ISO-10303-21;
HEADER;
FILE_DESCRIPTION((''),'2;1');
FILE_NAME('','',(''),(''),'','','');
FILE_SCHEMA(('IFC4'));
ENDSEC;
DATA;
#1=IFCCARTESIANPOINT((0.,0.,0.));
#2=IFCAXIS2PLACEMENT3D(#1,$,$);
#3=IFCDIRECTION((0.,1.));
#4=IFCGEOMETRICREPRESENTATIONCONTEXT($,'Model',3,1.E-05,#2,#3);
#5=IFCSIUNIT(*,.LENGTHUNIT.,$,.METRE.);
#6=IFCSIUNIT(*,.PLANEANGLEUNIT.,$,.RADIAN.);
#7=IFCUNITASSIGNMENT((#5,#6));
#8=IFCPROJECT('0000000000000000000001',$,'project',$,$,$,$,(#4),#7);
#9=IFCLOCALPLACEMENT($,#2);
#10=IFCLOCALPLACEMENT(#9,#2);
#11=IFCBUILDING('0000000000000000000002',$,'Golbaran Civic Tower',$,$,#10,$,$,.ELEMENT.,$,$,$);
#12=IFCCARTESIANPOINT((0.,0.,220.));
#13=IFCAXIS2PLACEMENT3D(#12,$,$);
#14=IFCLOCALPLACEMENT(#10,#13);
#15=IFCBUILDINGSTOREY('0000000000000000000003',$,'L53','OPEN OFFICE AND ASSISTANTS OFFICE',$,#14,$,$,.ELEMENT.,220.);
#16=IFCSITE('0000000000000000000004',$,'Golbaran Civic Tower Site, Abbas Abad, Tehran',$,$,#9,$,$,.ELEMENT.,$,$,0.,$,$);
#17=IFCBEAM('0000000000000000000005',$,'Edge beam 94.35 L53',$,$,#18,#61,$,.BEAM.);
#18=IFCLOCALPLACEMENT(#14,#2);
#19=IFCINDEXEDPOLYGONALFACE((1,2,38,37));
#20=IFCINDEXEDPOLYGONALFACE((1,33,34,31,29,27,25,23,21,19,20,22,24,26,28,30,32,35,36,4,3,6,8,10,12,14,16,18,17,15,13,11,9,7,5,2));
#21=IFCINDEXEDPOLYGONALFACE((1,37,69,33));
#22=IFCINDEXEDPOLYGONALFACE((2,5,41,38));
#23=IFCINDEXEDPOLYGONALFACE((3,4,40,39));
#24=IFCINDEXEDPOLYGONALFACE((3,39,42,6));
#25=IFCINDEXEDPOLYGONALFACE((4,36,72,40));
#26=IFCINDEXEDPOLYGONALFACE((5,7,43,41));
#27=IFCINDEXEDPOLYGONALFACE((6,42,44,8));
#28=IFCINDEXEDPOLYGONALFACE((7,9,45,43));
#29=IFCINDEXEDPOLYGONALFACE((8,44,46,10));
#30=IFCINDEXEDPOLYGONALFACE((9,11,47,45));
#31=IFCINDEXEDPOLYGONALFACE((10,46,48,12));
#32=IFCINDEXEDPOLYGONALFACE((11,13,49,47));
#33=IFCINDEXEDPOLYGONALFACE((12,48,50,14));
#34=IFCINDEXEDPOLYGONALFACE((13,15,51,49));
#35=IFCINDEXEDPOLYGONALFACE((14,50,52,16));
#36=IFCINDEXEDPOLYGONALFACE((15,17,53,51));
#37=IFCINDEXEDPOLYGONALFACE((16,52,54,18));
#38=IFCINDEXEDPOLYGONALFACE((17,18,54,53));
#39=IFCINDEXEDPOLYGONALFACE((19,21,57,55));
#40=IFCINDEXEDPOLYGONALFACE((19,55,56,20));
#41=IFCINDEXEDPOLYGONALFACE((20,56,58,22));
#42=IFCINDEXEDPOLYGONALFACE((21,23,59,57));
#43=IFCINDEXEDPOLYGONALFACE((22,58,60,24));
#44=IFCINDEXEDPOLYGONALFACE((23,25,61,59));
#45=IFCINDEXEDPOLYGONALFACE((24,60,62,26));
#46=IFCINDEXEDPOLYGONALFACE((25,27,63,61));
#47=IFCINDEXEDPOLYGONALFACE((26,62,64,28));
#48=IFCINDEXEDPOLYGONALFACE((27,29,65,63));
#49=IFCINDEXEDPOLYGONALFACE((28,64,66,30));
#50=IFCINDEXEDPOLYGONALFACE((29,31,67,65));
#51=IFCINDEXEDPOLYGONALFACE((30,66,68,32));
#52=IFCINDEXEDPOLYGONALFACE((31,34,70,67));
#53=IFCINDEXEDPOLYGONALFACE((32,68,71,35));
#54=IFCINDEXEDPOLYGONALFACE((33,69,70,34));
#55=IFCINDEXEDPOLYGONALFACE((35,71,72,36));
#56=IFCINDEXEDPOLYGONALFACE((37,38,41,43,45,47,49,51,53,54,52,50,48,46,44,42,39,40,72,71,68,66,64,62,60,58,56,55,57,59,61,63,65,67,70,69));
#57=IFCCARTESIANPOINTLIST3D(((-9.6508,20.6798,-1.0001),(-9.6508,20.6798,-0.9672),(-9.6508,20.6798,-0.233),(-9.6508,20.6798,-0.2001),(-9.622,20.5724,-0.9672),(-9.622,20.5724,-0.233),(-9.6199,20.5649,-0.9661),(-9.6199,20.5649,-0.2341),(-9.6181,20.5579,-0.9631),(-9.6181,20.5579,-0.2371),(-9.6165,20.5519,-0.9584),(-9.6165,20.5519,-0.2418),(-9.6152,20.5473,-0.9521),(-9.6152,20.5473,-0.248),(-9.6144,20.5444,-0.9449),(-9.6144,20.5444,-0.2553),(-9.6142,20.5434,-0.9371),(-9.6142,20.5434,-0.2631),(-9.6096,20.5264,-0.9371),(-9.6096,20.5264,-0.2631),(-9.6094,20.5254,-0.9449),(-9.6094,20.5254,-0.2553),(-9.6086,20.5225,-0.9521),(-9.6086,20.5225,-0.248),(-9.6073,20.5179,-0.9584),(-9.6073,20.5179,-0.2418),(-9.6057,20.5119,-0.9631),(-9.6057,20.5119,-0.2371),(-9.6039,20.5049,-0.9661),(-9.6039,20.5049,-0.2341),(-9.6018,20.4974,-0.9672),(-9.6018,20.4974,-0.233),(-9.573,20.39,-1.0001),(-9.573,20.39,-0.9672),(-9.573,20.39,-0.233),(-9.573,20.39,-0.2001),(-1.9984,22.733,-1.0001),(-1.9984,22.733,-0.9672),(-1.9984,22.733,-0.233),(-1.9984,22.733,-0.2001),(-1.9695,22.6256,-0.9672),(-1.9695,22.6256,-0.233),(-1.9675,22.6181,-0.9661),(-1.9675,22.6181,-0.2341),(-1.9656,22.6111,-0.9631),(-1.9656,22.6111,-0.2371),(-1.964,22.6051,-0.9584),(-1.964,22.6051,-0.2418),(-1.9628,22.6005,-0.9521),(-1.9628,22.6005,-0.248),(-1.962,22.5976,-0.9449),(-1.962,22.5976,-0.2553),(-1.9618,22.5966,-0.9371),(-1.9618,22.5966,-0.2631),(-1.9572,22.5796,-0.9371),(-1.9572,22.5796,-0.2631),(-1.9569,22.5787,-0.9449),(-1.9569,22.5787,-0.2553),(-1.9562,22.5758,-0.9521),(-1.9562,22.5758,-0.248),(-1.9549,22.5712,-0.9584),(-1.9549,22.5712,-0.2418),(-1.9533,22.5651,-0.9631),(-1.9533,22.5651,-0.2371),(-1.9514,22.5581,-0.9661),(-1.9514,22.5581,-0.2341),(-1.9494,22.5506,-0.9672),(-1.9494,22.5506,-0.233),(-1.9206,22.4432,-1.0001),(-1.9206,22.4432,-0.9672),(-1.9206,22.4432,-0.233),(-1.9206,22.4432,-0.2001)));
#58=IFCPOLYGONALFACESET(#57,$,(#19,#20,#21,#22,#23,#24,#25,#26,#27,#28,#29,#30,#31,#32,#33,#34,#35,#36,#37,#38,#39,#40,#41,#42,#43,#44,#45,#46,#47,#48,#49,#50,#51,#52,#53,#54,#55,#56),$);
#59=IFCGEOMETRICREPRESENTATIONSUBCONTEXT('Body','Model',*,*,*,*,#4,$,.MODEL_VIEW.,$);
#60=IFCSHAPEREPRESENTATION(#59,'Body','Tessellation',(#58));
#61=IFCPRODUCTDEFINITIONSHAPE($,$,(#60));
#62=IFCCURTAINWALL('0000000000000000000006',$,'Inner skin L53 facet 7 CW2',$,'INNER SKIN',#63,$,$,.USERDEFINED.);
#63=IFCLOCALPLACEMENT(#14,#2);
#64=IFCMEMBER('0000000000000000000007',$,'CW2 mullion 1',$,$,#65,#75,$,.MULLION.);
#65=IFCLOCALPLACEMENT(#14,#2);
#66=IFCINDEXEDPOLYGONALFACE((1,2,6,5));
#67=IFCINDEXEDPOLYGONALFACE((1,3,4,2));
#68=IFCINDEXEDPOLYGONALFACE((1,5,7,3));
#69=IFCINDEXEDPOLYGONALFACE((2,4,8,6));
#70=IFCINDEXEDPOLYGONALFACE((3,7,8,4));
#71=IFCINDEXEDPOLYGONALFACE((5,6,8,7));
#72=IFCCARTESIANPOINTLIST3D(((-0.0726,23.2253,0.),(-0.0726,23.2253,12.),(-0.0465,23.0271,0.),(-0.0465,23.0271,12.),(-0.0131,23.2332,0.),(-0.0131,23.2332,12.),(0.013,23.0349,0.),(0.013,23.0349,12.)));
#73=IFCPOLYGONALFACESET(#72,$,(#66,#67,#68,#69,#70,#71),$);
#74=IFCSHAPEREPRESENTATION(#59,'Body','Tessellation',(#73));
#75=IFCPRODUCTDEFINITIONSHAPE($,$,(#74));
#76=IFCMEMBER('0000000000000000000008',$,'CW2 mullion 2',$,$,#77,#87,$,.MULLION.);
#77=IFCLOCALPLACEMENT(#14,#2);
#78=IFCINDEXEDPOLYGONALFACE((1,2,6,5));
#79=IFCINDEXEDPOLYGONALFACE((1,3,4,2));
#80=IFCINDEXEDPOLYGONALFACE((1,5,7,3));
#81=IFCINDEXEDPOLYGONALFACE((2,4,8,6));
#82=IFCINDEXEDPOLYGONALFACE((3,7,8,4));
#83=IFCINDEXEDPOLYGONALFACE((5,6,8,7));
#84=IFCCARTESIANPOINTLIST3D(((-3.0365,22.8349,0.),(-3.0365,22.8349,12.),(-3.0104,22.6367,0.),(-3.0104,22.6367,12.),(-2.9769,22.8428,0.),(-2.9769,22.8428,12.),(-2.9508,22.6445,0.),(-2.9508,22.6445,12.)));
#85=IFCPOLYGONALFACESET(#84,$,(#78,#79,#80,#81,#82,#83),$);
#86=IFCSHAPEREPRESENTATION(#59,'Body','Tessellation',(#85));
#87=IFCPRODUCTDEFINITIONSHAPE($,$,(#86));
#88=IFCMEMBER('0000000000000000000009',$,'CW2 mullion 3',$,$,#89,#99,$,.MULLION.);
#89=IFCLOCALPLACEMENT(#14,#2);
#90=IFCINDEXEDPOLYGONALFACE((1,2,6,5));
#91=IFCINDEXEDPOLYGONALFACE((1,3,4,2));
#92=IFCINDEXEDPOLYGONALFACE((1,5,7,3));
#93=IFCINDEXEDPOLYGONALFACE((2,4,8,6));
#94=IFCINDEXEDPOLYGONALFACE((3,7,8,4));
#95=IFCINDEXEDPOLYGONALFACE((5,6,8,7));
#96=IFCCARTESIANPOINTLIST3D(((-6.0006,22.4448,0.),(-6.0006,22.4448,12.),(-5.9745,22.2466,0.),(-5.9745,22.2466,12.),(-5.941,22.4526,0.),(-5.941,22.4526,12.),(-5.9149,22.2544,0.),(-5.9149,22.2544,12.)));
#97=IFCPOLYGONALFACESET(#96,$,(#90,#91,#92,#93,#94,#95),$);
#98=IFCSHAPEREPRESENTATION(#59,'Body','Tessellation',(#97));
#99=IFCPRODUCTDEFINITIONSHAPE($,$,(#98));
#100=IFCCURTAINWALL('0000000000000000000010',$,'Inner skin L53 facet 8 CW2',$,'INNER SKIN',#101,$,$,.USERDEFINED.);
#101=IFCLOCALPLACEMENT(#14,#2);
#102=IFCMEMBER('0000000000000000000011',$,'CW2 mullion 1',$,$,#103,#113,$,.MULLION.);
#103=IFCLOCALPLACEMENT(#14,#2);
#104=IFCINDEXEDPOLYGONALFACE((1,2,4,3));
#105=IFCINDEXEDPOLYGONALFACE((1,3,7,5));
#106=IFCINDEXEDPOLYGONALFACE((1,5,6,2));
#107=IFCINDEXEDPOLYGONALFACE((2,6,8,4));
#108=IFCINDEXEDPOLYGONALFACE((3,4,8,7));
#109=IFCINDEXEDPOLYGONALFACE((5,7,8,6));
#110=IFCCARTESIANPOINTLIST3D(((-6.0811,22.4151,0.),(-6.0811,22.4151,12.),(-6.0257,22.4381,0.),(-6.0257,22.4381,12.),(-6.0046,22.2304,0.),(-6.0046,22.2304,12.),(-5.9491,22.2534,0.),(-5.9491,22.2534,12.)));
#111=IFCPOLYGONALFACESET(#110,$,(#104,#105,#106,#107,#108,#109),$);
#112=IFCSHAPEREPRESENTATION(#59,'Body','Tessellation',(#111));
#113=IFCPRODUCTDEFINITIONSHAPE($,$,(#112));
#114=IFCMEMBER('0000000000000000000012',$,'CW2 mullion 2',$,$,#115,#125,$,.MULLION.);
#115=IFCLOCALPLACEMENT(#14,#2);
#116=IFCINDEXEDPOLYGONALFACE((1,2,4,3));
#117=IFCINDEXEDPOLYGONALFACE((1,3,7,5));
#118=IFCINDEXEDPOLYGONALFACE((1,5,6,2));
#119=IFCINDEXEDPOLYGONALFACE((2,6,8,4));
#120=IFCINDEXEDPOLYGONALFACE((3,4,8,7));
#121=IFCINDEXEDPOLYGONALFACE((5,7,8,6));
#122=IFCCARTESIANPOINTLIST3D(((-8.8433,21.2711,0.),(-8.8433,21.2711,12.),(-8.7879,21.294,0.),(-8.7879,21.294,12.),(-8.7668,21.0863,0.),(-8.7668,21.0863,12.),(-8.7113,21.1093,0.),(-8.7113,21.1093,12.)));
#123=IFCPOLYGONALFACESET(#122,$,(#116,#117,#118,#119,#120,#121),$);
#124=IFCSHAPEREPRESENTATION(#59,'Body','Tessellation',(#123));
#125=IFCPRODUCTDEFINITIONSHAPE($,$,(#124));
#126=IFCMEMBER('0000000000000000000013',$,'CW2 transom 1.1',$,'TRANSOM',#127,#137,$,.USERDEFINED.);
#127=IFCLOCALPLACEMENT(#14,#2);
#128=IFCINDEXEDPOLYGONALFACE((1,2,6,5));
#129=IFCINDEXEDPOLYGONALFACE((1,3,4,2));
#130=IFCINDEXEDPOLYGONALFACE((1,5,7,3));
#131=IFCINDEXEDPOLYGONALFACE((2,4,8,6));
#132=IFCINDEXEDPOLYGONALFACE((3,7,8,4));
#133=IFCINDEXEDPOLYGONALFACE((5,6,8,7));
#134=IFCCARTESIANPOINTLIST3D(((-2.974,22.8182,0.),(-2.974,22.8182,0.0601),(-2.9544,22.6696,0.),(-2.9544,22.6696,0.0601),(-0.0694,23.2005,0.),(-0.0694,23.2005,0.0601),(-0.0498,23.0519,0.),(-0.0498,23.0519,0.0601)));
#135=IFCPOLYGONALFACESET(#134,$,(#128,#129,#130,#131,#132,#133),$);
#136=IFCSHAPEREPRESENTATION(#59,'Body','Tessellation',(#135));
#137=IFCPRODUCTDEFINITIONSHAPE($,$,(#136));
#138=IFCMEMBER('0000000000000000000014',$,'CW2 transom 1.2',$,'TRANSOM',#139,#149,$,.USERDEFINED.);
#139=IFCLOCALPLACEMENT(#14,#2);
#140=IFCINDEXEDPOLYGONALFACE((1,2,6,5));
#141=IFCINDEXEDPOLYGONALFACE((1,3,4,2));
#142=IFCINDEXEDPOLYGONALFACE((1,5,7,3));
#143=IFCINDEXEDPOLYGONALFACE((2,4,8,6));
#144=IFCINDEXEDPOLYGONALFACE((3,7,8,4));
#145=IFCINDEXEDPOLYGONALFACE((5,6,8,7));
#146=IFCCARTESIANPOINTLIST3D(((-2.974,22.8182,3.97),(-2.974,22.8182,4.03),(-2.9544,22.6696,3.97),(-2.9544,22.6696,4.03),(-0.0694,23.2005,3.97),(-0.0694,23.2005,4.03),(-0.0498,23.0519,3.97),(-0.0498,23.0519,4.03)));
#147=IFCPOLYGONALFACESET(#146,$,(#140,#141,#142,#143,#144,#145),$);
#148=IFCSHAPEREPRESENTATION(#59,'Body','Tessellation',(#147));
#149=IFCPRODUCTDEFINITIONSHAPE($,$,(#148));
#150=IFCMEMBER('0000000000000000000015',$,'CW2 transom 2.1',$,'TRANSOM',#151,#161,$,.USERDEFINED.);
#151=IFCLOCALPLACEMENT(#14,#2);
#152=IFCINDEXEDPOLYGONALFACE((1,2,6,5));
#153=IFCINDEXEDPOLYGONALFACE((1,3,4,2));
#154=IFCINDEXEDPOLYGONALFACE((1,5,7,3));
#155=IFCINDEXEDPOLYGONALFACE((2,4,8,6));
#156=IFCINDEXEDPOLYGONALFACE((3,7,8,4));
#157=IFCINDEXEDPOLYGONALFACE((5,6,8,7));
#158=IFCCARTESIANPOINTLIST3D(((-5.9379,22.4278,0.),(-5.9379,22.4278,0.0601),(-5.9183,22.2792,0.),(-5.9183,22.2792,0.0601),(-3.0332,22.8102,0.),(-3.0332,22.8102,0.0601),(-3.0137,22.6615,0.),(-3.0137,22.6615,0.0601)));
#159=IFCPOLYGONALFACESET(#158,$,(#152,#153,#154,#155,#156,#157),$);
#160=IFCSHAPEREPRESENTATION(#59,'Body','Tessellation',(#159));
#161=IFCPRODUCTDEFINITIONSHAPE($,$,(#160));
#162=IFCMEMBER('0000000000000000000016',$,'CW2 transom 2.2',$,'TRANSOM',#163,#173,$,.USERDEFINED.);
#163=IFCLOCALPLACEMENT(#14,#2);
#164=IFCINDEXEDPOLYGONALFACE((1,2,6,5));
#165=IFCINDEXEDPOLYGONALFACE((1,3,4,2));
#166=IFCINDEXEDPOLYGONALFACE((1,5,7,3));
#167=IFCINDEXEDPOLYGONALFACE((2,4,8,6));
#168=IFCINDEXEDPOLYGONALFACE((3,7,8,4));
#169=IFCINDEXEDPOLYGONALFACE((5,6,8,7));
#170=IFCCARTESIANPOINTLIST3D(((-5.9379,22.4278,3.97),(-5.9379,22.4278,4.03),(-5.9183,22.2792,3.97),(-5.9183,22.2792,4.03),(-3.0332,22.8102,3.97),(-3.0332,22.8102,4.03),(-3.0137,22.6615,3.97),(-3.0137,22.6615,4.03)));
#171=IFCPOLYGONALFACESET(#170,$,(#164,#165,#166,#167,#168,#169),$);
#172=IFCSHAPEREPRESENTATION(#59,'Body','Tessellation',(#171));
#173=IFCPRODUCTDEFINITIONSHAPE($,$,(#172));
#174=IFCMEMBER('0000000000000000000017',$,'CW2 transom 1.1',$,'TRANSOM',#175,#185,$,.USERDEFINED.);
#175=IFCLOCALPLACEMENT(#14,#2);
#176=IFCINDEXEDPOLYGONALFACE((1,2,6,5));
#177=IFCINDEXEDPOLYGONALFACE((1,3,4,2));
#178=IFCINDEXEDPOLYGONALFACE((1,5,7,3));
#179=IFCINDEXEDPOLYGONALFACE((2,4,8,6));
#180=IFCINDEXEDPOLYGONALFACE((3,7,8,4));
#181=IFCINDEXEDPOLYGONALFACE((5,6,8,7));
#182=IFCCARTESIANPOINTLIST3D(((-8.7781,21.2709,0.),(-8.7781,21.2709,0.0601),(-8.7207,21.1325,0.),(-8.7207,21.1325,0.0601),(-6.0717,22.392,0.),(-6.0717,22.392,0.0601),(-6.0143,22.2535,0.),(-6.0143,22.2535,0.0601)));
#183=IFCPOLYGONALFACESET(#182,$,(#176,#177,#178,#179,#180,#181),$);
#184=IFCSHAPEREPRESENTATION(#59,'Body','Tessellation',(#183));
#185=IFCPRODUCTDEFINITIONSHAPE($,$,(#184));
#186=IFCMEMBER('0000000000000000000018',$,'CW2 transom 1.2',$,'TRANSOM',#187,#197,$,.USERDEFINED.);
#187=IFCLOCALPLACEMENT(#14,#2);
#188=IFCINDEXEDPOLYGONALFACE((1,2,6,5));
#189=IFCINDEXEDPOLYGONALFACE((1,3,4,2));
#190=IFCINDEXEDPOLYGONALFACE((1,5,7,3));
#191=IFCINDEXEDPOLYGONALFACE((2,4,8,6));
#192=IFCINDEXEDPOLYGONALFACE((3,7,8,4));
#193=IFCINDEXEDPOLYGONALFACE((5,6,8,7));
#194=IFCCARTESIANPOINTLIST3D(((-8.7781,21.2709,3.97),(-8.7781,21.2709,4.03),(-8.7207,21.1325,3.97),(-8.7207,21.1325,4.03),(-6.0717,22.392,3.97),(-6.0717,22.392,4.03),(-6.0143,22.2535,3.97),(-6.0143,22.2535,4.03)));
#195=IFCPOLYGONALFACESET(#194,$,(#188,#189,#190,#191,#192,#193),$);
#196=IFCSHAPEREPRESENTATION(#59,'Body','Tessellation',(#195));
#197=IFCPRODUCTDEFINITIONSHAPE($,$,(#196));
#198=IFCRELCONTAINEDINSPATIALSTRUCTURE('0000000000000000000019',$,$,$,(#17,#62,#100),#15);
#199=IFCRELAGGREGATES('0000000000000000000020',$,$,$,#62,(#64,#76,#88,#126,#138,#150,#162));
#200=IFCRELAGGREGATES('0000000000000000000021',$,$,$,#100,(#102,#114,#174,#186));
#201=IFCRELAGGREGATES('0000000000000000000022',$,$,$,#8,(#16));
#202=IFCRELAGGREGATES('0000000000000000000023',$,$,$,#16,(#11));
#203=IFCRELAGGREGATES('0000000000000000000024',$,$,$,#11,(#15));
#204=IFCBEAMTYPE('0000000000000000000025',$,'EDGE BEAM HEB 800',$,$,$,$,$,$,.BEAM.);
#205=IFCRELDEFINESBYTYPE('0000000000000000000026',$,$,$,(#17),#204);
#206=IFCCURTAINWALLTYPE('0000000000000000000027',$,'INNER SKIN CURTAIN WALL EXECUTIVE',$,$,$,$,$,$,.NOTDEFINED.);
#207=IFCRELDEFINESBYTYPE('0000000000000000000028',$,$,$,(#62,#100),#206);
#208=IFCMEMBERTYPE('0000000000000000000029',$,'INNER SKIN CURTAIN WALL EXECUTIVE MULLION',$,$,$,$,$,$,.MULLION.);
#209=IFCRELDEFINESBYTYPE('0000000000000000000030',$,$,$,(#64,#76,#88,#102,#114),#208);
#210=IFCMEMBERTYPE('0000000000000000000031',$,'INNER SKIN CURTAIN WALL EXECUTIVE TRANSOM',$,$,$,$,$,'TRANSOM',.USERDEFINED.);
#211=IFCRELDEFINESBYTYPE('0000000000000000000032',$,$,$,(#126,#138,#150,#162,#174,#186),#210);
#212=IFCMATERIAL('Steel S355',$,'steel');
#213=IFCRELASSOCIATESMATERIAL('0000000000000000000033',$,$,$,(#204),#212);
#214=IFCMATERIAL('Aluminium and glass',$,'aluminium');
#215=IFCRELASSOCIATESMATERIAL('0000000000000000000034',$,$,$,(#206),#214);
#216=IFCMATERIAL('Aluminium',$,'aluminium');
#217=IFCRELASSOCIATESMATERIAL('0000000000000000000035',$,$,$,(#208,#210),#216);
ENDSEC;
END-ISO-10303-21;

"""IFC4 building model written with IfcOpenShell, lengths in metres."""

from ifc_helpers import new_model, si_unit, direction, frame, origin, origin_2d, place, context, subcontext, project, spatial, rectangle, i_section, extrude, material, material_profile, profile_set, type_object, element, aggregate, save


model = new_model("IFC4")

# Units and contexts
model_context = context("Model", 3, precision=1e-05, world=origin(), true_north=direction((0.0, 1.0)))
body_context = subcontext(model_context, "Body", "Model", "MODEL_VIEW")
ifc_project = project(units=[si_unit("LENGTHUNIT", "METRE"), si_unit("PLANEANGLEUNIT", "RADIAN")], contexts=[model_context])

# Site, building, storey
site_placement = place(None, origin())
site = spatial("IfcSite", under=ifc_project, at=site_placement, Name="Golbaran Civic Tower Site, Abbas Abad, Tehran", CompositionType="ELEMENT", RefElevation=0.0)
building_placement = place(site_placement, origin())
building = spatial("IfcBuilding", under=site, at=building_placement, Name="Golbaran Civic Tower", CompositionType="ELEMENT")
storey_placement = place(building_placement, frame((0.0, 0.0, 220.0)))
storey = spatial("IfcBuildingStorey", under=building, at=storey_placement, Name="L53", Description="OPEN OFFICE AND ASSISTANTS OFFICE", CompositionType="ELEMENT", Elevation=220.0)

# Beam
ifc_material_1 = material(Name="Steel S355", Category="steel")
ifc_material_profile_1 = material_profile(ifc_material_1, i_section(OverallWidth=0.3, OverallDepth=0.8, WebThickness=0.0176, FlangeThickness=0.033, FilletRadius=0.03, at=origin_2d()), Name="HEB 800")
ifc_profile_set_1 = profile_set([ifc_material_profile_1], Name="Steel S355")
beam_type = type_object("IfcBeamType", Name="EDGE BEAM HEB 800", PredefinedType="BEAM", material=ifc_profile_set_1)
beam_placement = place(storey_placement, frame((-1.9595, 22.5881, -0.6001), z_axis=(-0.965838, -0.259147, 0.0), x_axis=(0.259147, -0.965838, 0.0)))
element("IfcBeam", 1, at=beam_placement, inside=storey, type_object=beam_type, Name="Edge beam 94.35 L53", PredefinedType="BEAM", context=body_context, shape_type="SweptSolid", body=[
    extrude(i_section(OverallWidth=0.3, OverallDepth=0.8, WebThickness=0.0176, FlangeThickness=0.033, FilletRadius=0.03, at=origin_2d()), origin(), (0.0, 0.0, 1.0), 7.9231),
])

# Curtain walls, members
ifc_material_2 = material(Name="Aluminium and glass", Category="aluminium")
curtain_wall_type = type_object("IfcCurtainWallType", Name="INNER SKIN CURTAIN WALL EXECUTIVE", PredefinedType="NOTDEFINED", material=ifc_material_2)
curtain_wall_1_placement = place(storey_placement, origin())
curtain_wall_1 = element("IfcCurtainWall", 2, at=curtain_wall_1_placement, inside=storey, type_object=curtain_wall_type, Name="Inner skin L53 facet 7 CW2", ObjectType="INNER SKIN", PredefinedType="USERDEFINED")
ifc_material_3 = material(Name="Aluminium", Category="aluminium")
ifc_material_profile_2 = material_profile(ifc_material_3, rectangle(XDim=0.2, YDim=0.0601, at=origin_2d()), Name="INNER SKIN CURTAIN WALL EXECUTIVE MULLION")
ifc_profile_set_2 = profile_set([ifc_material_profile_2], Name="Aluminium")
member_type_1 = type_object("IfcMemberType", Name="INNER SKIN CURTAIN WALL EXECUTIVE MULLION", PredefinedType="MULLION", material=ifc_profile_set_2)
member_1_placement = place(storey_placement, frame((-0.0298, 23.1301, 0.0), z_axis=(0.0, 0.0, 1.0), x_axis=(0.130526, -0.991445, 0.0)))
member_1 = element("IfcMember", 3, at=member_1_placement, type_object=member_type_1, Name="CW2 mullion 1", PredefinedType="MULLION", context=body_context, shape_type="SweptSolid", body=[
    extrude(rectangle(XDim=0.2, YDim=0.0601, at=origin_2d()), origin(), (0.0, 0.0, 1.0), 12.0),
])
member_2_placement = place(storey_placement, frame((-2.9937, 22.7397, 0.0), z_axis=(0.0, 0.0, 1.0), x_axis=(0.130526, -0.991445, 0.0)))
member_2 = element("IfcMember", 4, at=member_2_placement, type_object=member_type_1, Name="CW2 mullion 2", PredefinedType="MULLION", context=body_context, shape_type="SweptSolid", body=[
    extrude(rectangle(XDim=0.2, YDim=0.0601, at=origin_2d()), origin(), (0.0, 0.0, 1.0), 12.0),
])
member_3_placement = place(storey_placement, frame((-5.9578, 22.3496, 0.0), z_axis=(0.0, 0.0, 1.0), x_axis=(0.130526, -0.991445, 0.0)))
member_3 = element("IfcMember", 5, at=member_3_placement, type_object=member_type_1, Name="CW2 mullion 3", PredefinedType="MULLION", context=body_context, shape_type="SweptSolid", body=[
    extrude(rectangle(XDim=0.2, YDim=0.0601, at=origin_2d()), origin(), (0.0, 0.0, 1.0), 12.0),
])
curtain_wall_2_placement = place(storey_placement, origin())
curtain_wall_2 = element("IfcCurtainWall", 6, at=curtain_wall_2_placement, inside=storey, type_object=curtain_wall_type, Name="Inner skin L53 facet 8 CW2", ObjectType="INNER SKIN", PredefinedType="USERDEFINED")
member_4_placement = place(storey_placement, frame((-6.0151, 22.3342, 0.0), z_axis=(0.0, 0.0, 1.0), x_axis=(0.382683, -0.92388, 0.0)))
member_4 = element("IfcMember", 7, at=member_4_placement, type_object=member_type_1, Name="CW2 mullion 1", PredefinedType="MULLION", context=body_context, shape_type="SweptSolid", body=[
    extrude(rectangle(XDim=0.2, YDim=0.0601, at=origin_2d()), origin(), (0.0, 0.0, 1.0), 12.0),
])
member_5_placement = place(storey_placement, frame((-8.7773, 21.1902, 0.0), z_axis=(0.0, 0.0, 1.0), x_axis=(0.382683, -0.92388, 0.0)))
member_5 = element("IfcMember", 8, at=member_5_placement, type_object=member_type_1, Name="CW2 mullion 2", PredefinedType="MULLION", context=body_context, shape_type="SweptSolid", body=[
    extrude(rectangle(XDim=0.2, YDim=0.0601, at=origin_2d()), origin(), (0.0, 0.0, 1.0), 12.0),
])

# Members
ifc_material_profile_3 = material_profile(ifc_material_3, rectangle(XDim=0.1499, YDim=0.0601, at=origin_2d()), Name="INNER SKIN CURTAIN WALL EXECUTIVE TRANSOM")
ifc_profile_set_3 = profile_set([ifc_material_profile_3], Name="Aluminium")
member_type_2 = type_object("IfcMemberType", Name="INNER SKIN CURTAIN WALL EXECUTIVE TRANSOM", ElementType="TRANSOM", PredefinedType="USERDEFINED", material=ifc_profile_set_3)
member_6_placement = place(storey_placement, frame((-0.0596, 23.1262, 0.03), z_axis=(-0.991448, -0.130504, 0.0), x_axis=(0.130504, -0.991448, 0.0)))
member_6 = element("IfcMember", 9, at=member_6_placement, type_object=member_type_2, Name="CW2 transom 1.1", ObjectType="TRANSOM", PredefinedType="USERDEFINED", context=body_context, shape_type="SweptSolid", body=[
    extrude(rectangle(XDim=0.1499, YDim=0.0601, at=origin_2d()), origin(), (0.0, 0.0, 1.0), 2.9297),
])
member_7_placement = place(storey_placement, frame((-0.0596, 23.1262, 4.0), z_axis=(-0.991448, -0.130504, 0.0), x_axis=(0.130504, -0.991448, 0.0)))
member_7 = element("IfcMember", 10, at=member_7_placement, type_object=member_type_2, Name="CW2 transom 1.2", ObjectType="TRANSOM", PredefinedType="USERDEFINED", context=body_context, shape_type="SweptSolid", body=[
    extrude(rectangle(XDim=0.1499, YDim=0.0601, at=origin_2d()), origin(), (0.0, 0.0, 1.0), 2.9297),
])
member_8_placement = place(storey_placement, frame((-3.0234, 22.7358, 0.03), z_axis=(-0.991448, -0.130504, 0.0), x_axis=(0.130504, -0.991448, 0.0)))
member_8 = element("IfcMember", 11, at=member_8_placement, type_object=member_type_2, Name="CW2 transom 2.1", ObjectType="TRANSOM", PredefinedType="USERDEFINED", context=body_context, shape_type="SweptSolid", body=[
    extrude(rectangle(XDim=0.1499, YDim=0.0601, at=origin_2d()), origin(), (0.0, 0.0, 1.0), 2.9297),
])
member_9_placement = place(storey_placement, frame((-3.0234, 22.7358, 4.0), z_axis=(-0.991448, -0.130504, 0.0), x_axis=(0.130504, -0.991448, 0.0)))
member_9 = element("IfcMember", 12, at=member_9_placement, type_object=member_type_2, Name="CW2 transom 2.2", ObjectType="TRANSOM", PredefinedType="USERDEFINED", context=body_context, shape_type="SweptSolid", body=[
    extrude(rectangle(XDim=0.1499, YDim=0.0601, at=origin_2d()), origin(), (0.0, 0.0, 1.0), 2.9297),
])
member_10_placement = place(storey_placement, frame((-6.043, 22.3228, 0.03), z_axis=(-0.923879, -0.382685, 0.0), x_axis=(0.382685, -0.923879, 0.0)))
member_10 = element("IfcMember", 13, at=member_10_placement, type_object=member_type_2, Name="CW2 transom 1.1", ObjectType="TRANSOM", PredefinedType="USERDEFINED", context=body_context, shape_type="SweptSolid", body=[
    extrude(rectangle(XDim=0.1499, YDim=0.0601, at=origin_2d()), origin(), (0.0, 0.0, 1.0), 2.9294),
])
member_11_placement = place(storey_placement, frame((-6.043, 22.3228, 4.0), z_axis=(-0.923879, -0.382685, 0.0), x_axis=(0.382685, -0.923879, 0.0)))
member_11 = element("IfcMember", 14, at=member_11_placement, type_object=member_type_2, Name="CW2 transom 1.2", ObjectType="TRANSOM", PredefinedType="USERDEFINED", context=body_context, shape_type="SweptSolid", body=[
    extrude(rectangle(XDim=0.1499, YDim=0.0601, at=origin_2d()), origin(), (0.0, 0.0, 1.0), 2.9294),
])

aggregate(curtain_wall_1, [member_1, member_2, member_3, member_6, member_7, member_8, member_9])
aggregate(curtain_wall_2, [member_4, member_5, member_10, member_11])

save(model, "model.ifc")
